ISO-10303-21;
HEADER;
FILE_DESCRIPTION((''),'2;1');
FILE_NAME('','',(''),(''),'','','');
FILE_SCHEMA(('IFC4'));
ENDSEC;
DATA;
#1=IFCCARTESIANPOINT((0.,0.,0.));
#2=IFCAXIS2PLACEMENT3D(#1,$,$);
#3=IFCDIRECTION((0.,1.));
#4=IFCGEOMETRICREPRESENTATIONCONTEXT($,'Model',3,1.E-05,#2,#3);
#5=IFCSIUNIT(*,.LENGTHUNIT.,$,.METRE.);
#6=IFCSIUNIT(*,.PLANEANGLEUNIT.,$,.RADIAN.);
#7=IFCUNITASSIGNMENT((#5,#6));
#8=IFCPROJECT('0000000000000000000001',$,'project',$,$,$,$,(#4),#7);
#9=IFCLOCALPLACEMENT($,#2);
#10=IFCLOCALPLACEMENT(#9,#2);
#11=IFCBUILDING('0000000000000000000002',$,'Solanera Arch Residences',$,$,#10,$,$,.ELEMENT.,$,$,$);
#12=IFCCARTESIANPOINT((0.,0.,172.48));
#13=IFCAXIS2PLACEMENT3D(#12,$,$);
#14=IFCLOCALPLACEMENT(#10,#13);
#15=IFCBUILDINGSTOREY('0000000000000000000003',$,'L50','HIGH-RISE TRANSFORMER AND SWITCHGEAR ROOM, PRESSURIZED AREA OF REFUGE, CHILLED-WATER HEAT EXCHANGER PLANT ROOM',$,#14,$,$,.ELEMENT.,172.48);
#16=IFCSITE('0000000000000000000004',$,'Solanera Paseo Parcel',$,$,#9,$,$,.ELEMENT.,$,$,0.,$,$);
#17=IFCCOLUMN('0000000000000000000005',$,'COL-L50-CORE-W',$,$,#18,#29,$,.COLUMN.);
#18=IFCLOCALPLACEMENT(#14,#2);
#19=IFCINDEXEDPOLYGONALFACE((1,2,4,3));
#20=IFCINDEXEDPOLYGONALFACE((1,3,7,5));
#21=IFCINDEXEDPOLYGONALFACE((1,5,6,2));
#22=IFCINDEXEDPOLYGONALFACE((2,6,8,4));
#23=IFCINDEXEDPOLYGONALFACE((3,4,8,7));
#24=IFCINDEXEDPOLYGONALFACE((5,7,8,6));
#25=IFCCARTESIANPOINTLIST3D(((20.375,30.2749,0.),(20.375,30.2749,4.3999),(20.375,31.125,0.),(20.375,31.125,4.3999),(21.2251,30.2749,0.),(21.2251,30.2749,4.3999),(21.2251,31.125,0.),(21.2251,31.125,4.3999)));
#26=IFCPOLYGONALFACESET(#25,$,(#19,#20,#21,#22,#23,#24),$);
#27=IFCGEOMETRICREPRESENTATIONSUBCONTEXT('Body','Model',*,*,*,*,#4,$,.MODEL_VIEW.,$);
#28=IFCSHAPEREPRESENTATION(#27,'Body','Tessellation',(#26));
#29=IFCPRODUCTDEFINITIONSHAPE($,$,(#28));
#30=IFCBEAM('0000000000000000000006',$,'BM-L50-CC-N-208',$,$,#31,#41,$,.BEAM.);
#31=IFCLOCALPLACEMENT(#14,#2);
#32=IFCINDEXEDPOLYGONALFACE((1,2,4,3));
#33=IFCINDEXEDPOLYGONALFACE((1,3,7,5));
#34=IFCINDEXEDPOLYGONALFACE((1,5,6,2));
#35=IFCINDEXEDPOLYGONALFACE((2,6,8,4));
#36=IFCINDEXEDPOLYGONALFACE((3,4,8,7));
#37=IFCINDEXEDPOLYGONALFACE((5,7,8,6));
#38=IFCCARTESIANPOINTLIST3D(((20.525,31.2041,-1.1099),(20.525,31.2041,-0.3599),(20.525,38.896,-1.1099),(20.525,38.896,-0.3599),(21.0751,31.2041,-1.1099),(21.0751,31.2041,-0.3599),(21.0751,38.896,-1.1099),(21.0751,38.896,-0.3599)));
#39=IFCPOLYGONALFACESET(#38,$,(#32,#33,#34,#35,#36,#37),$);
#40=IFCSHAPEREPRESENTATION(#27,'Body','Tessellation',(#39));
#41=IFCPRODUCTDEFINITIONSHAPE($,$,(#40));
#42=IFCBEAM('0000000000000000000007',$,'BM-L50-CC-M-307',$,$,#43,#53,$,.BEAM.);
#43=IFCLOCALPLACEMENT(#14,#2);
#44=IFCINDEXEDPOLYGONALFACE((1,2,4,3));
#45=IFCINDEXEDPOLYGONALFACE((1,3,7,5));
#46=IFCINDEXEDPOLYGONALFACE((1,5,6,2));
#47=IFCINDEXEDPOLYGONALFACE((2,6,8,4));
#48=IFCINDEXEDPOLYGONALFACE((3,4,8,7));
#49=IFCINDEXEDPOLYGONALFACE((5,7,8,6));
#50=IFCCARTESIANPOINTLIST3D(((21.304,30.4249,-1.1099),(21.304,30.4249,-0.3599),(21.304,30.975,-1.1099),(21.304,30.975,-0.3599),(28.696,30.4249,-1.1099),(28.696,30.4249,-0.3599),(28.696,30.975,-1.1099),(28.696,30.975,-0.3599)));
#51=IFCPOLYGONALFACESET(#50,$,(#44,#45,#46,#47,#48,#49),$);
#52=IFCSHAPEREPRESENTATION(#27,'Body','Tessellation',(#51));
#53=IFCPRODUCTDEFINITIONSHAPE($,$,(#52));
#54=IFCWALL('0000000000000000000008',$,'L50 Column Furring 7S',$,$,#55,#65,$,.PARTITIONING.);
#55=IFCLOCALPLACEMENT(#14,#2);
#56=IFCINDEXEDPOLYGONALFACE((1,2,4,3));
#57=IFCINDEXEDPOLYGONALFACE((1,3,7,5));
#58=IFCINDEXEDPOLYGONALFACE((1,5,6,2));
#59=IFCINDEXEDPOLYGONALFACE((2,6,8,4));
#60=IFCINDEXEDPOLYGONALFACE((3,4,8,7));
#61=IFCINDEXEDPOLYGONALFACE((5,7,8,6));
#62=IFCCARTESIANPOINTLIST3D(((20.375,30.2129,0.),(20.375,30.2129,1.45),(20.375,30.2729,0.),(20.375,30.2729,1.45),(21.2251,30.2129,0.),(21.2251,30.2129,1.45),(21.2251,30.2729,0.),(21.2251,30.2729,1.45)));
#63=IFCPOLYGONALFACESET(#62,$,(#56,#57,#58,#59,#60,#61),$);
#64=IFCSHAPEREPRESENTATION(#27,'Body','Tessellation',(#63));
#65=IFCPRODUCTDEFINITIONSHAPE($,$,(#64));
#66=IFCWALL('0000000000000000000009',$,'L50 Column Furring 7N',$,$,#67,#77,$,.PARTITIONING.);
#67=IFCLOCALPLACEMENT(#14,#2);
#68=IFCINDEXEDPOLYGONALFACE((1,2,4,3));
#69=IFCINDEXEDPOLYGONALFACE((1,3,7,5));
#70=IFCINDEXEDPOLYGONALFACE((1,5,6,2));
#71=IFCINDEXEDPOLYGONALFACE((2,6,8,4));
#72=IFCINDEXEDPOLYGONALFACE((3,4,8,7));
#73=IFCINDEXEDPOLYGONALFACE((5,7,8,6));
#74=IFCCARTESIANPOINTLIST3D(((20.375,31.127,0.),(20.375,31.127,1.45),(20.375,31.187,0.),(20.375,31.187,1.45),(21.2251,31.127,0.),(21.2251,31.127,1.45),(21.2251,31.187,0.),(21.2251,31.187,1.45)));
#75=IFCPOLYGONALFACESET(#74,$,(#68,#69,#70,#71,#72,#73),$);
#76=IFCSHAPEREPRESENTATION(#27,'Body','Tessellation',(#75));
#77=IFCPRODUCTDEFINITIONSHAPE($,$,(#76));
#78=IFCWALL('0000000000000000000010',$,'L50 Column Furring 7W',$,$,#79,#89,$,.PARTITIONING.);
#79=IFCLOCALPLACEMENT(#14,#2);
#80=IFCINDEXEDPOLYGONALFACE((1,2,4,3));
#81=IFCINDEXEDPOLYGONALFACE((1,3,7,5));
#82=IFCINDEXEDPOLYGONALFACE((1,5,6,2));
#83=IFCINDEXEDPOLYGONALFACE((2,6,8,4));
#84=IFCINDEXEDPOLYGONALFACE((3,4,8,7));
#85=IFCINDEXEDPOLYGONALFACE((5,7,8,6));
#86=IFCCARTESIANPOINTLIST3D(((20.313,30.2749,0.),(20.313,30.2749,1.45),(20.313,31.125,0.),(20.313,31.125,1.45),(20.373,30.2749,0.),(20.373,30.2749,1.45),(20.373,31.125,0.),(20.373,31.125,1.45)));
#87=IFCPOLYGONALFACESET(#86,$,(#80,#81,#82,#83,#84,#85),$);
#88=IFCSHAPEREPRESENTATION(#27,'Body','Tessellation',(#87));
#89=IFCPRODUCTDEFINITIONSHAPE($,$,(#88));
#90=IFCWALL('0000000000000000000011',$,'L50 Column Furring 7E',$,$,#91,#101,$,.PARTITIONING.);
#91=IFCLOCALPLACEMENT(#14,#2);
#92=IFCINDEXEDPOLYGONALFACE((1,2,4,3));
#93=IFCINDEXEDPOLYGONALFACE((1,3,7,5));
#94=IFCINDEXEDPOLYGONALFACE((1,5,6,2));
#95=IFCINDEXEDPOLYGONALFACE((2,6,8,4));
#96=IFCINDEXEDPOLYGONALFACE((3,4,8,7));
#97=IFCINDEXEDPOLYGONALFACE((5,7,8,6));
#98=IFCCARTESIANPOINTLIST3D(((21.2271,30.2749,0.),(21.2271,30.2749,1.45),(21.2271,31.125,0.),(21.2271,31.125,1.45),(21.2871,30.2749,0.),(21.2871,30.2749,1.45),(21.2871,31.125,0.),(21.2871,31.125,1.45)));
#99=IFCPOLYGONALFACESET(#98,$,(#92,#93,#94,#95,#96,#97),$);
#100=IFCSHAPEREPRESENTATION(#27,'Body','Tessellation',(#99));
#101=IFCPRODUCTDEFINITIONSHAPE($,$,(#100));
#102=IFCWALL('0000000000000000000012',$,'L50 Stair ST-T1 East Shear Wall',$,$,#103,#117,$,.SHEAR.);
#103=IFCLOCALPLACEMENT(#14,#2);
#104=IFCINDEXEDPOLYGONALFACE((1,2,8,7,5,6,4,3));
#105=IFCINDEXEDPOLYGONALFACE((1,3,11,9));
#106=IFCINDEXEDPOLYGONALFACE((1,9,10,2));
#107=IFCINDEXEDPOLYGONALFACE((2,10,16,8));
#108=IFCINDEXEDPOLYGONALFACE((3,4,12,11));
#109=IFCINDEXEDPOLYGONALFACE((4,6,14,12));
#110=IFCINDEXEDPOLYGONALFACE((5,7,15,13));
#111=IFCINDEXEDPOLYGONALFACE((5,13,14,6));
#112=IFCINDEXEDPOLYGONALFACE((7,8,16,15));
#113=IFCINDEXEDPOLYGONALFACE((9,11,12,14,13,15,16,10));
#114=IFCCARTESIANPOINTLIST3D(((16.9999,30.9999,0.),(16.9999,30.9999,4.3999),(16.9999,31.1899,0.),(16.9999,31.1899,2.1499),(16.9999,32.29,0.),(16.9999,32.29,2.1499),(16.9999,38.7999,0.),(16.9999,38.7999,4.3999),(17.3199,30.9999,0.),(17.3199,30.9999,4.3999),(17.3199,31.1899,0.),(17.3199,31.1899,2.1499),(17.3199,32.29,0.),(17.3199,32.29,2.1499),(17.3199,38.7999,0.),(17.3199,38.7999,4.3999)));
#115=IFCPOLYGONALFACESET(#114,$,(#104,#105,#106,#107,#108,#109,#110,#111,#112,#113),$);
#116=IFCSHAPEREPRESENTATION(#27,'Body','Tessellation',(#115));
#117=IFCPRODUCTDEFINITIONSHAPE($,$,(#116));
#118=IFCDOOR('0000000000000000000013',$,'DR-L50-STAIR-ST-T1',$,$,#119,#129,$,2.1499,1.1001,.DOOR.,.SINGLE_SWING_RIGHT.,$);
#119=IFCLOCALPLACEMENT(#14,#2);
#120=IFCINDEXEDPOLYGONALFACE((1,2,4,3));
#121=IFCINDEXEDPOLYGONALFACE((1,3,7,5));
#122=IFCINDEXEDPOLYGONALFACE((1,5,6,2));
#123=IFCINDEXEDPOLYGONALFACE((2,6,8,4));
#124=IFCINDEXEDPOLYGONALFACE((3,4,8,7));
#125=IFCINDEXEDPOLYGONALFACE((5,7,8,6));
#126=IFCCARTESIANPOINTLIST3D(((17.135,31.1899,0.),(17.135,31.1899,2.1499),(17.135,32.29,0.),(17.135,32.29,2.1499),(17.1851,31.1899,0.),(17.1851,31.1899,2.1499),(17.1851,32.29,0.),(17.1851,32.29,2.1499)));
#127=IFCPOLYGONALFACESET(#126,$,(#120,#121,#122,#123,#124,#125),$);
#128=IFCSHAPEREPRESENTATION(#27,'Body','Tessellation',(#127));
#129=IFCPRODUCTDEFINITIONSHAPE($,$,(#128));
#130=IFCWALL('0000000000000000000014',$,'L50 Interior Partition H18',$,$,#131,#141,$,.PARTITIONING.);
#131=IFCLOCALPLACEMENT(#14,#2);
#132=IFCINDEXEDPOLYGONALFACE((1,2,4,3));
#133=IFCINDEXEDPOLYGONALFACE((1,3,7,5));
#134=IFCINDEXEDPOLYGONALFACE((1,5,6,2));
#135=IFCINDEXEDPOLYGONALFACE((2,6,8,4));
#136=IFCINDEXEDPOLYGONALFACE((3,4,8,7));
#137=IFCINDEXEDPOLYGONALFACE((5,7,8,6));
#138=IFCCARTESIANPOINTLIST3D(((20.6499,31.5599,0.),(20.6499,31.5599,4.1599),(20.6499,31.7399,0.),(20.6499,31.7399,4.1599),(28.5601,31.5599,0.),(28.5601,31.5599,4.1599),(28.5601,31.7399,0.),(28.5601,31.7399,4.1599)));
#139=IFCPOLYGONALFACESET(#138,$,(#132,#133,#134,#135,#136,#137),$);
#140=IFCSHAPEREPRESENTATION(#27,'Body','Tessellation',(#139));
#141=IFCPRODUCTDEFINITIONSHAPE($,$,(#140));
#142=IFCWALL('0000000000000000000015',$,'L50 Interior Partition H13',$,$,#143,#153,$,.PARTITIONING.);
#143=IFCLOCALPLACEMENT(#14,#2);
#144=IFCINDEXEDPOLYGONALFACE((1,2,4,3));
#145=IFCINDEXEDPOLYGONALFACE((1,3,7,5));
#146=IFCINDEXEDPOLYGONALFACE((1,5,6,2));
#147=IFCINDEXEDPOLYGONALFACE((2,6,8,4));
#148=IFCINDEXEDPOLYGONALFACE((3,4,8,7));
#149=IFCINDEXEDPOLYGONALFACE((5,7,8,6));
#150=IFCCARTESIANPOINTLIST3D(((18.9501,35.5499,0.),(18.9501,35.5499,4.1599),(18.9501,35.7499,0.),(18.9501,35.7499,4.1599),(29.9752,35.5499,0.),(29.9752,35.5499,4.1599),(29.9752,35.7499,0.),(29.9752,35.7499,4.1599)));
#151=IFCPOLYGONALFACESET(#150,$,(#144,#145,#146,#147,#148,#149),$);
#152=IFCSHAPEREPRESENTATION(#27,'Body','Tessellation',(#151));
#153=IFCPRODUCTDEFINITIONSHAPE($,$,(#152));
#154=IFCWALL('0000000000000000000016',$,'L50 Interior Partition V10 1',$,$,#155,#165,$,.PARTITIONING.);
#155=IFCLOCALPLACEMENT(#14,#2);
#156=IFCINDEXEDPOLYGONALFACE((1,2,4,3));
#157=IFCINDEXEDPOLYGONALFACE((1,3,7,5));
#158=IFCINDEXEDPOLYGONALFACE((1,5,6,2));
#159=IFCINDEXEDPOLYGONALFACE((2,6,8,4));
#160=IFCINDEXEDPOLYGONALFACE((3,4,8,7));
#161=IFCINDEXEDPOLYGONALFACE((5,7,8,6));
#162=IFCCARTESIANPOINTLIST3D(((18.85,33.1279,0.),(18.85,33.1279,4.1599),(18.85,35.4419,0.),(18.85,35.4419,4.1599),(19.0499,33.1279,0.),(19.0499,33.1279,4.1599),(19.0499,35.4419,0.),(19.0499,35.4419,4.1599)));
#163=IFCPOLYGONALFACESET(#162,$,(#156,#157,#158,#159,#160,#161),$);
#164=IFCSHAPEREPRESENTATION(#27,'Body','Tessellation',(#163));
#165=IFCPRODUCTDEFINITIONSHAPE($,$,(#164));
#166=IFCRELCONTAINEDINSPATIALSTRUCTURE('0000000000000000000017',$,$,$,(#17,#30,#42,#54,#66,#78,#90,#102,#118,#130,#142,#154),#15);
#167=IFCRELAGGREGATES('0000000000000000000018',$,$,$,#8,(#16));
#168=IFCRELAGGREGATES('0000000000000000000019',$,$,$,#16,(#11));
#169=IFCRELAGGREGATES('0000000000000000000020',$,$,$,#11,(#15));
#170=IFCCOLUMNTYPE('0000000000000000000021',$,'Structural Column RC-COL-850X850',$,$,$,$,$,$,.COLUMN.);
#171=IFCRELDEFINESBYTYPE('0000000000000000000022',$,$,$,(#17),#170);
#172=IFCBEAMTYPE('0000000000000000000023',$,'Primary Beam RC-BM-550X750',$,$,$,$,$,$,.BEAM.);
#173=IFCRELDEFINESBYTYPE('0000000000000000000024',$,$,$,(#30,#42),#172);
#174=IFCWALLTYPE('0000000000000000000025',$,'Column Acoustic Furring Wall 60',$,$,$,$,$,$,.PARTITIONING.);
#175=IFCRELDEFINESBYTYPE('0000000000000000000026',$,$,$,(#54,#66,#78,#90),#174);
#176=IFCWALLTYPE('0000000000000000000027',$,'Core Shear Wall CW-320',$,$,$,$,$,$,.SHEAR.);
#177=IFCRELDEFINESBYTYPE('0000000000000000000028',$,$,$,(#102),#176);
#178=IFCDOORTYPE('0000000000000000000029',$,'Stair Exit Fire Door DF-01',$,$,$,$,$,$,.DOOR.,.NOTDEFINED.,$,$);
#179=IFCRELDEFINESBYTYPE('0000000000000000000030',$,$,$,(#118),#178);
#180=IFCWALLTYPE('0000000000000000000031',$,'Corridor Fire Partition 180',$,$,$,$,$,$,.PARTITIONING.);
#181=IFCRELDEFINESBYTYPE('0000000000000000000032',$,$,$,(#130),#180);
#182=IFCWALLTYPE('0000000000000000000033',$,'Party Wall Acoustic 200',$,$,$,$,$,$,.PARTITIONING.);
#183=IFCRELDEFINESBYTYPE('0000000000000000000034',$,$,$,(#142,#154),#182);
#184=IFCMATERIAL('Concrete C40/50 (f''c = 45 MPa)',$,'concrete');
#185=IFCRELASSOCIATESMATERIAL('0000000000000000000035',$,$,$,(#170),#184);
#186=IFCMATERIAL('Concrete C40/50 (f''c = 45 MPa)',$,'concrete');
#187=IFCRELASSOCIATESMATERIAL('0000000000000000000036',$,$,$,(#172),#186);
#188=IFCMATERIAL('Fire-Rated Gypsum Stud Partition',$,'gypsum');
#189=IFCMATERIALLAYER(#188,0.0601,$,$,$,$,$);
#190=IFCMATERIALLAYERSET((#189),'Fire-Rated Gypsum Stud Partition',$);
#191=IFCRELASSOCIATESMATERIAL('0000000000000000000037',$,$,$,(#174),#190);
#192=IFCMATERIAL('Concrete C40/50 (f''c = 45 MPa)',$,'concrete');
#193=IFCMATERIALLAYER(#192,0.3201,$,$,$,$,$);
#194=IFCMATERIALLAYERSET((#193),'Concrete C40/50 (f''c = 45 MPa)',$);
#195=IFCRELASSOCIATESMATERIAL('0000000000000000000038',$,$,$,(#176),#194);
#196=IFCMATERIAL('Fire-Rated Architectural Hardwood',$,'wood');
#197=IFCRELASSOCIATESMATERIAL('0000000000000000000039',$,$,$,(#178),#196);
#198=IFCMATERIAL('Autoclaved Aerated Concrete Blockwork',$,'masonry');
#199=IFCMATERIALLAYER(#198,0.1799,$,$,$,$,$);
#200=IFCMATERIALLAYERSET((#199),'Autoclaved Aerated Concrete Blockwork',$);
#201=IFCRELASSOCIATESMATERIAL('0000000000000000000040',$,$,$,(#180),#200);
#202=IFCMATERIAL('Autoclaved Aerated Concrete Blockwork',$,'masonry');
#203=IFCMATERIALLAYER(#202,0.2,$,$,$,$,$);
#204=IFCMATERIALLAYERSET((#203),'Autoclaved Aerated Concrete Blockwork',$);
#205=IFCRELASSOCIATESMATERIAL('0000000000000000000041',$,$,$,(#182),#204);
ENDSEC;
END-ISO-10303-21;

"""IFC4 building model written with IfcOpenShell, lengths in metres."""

from ifc_helpers import new_model, si_unit, direction, frame, frame_2d, origin, origin_2d, place, context, subcontext, project, spatial, rectangle, extrude, material, layer, layer_set, material_profile, profile_set, type_object, element, fill, save


model = new_model("IFC4")

# Units and contexts
model_context = context("Model", 3, precision=1e-05, world=origin(), true_north=direction((0.0, 1.0)))
body_context = subcontext(model_context, "Body", "Model", "MODEL_VIEW")
ifc_project = project(units=[si_unit("LENGTHUNIT", "METRE"), si_unit("PLANEANGLEUNIT", "RADIAN")], contexts=[model_context])

# Site, building, storey
site_placement = place(None, origin())
site = spatial("IfcSite", under=ifc_project, at=site_placement, Name="Solanera Paseo Parcel", CompositionType="ELEMENT", RefElevation=0.0)
building_placement = place(site_placement, origin())
building = spatial("IfcBuilding", under=site, at=building_placement, Name="Solanera Arch Residences", CompositionType="ELEMENT")
storey_placement = place(building_placement, frame((0.0, 0.0, 172.48)))
storey = spatial("IfcBuildingStorey", under=building, at=storey_placement, Name="L50", Description="HIGH-RISE TRANSFORMER AND SWITCHGEAR ROOM, PRESSURIZED AREA OF REFUGE, CHILLED-WATER HEAT EXCHANGER PLANT ROOM", CompositionType="ELEMENT", Elevation=172.48)

# Column
ifc_material_1 = material(Name="Concrete C40/50 (f'c = 45 MPa)", Category="concrete")
ifc_material_profile_1 = material_profile(ifc_material_1, rectangle(XDim=0.8501, YDim=0.8501, at=origin_2d()))
ifc_profile_set_1 = profile_set([ifc_material_profile_1], Name="Concrete C40/50 (f'c = 45 MPa)")
column_type = type_object("IfcColumnType", Name="Structural Column RC-COL-850X850", PredefinedType="COLUMN", material=ifc_profile_set_1)
column_placement = place(storey_placement, frame((20.8, 30.7, 0.0), z_axis=(0.0, 0.0, 1.0), x_axis=(1.0, 0.0, 0.0)))
element("IfcColumn", 1, at=column_placement, inside=storey, type_object=column_type, Name="COL-L50-CORE-W", PredefinedType="COLUMN", context=body_context, shape_type="SweptSolid", body=[
    extrude(rectangle(XDim=0.8501, YDim=0.8501, at=origin_2d()), origin(), (0.0, 0.0, 1.0), 4.3999),
])

# Beams
ifc_material_2 = material(Name="Concrete C40/50 (f'c = 45 MPa)", Category="concrete")
ifc_material_profile_2 = material_profile(ifc_material_2, rectangle(XDim=0.55, YDim=0.75, at=origin_2d()))
ifc_profile_set_2 = profile_set([ifc_material_profile_2], Name="Concrete C40/50 (f'c = 45 MPa)")
beam_type = type_object("IfcBeamType", Name="Primary Beam RC-BM-550X750", PredefinedType="BEAM", material=ifc_profile_set_2)
beam_1_placement = place(storey_placement, frame((20.8, 31.2041, -0.7349), z_axis=(0.0, 1.0, 0.0), x_axis=(-1.0, 0.0, 0.0)))
element("IfcBeam", 2, at=beam_1_placement, inside=storey, type_object=beam_type, Name="BM-L50-CC-N-208", PredefinedType="BEAM", context=body_context, shape_type="SweptSolid", body=[
    extrude(rectangle(XDim=0.55, YDim=0.75, at=origin_2d()), origin(), (0.0, 0.0, 1.0), 7.6919),
])
beam_2_placement = place(storey_placement, frame((21.304, 30.7, -0.7349), z_axis=(1.0, 0.0, 0.0), x_axis=(0.0, 1.0, 0.0)))
element("IfcBeam", 3, at=beam_2_placement, inside=storey, type_object=beam_type, Name="BM-L50-CC-M-307", PredefinedType="BEAM", context=body_context, shape_type="SweptSolid", body=[
    extrude(rectangle(XDim=0.55, YDim=0.75, at=origin_2d()), origin(), (0.0, 0.0, 1.0), 7.3921),
])

# Walls
ifc_material_3 = material(Name="Fire-Rated Gypsum Stud Partition", Category="gypsum")
ifc_layer_1 = layer(ifc_material_3, 0.0601)
ifc_layer_set_1 = layer_set([ifc_layer_1], Name="Fire-Rated Gypsum Stud Partition")
wall_type_1 = type_object("IfcWallType", Name="Column Acoustic Furring Wall 60", PredefinedType="PARTITIONING", material=ifc_layer_set_1)
for number, where, z_axis, x_axis, name in (
    (4, (20.375, 30.2429, 0.0), (0.0, 0.0, 1.0), (1.0, 0.0, 0.0), "L50 Column Furring 7S"),
    (5, (20.375, 31.157, 0.0), (0.0, 0.0, 1.0), (1.0, 0.0, 0.0), "L50 Column Furring 7N"),
    (6, (20.343, 30.2749, 0.0), (0.0, 0.0, 1.0), (0.0, 1.0, 0.0), "L50 Column Furring 7W"),
    (7, (21.2571, 30.2749, 0.0), (0.0, 0.0, 1.0), (0.0, 1.0, 0.0), "L50 Column Furring 7E"),
):
    element("IfcWall", number, at=place(storey_placement, frame(where, z_axis=z_axis, x_axis=x_axis)), inside=storey, type_object=wall_type_1, Name=name, PredefinedType="PARTITIONING", context=body_context, shape_type="SweptSolid", body=[
        extrude(rectangle(XDim=0.8501, YDim=0.0601, at=frame_2d((0.425, 0.0))), origin(), (0.0, 0.0, 1.0), 1.45),
    ])

# Wall, opening, door
ifc_material_4 = material(Name="Concrete C40/50 (f'c = 45 MPa)", Category="concrete")
ifc_layer_2 = layer(ifc_material_4, 0.3201)
ifc_layer_set_2 = layer_set([ifc_layer_2], Name="Concrete C40/50 (f'c = 45 MPa)")
wall_type_2 = type_object("IfcWallType", Name="Core Shear Wall CW-320", PredefinedType="SHEAR", material=ifc_layer_set_2)
wall_1_placement = place(storey_placement, frame((17.1599, 31.0, 0.0), z_axis=(0.0, 0.0, 1.0), x_axis=(0.0, 1.0, 0.0)))
wall_1 = element("IfcWall", 8, at=wall_1_placement, inside=storey, type_object=wall_type_2, Name="L50 Stair ST-T1 East Shear Wall", PredefinedType="SHEAR", context=body_context, shape_type="SweptSolid", body=[
    extrude(rectangle(XDim=7.8, YDim=0.3201, at=frame_2d((3.8999, 0.0))), origin(), (0.0, 0.0, 1.0), 4.3999),
])
opening_1_placement = place(wall_1_placement, frame((0.1899, 0.0, 0.0)))
opening_1 = element("IfcOpeningElement", 9, at=opening_1_placement, cuts=wall_1, PredefinedType="OPENING", context=body_context, shape_type="SweptSolid", body=[
    extrude(rectangle(XDim=1.1001, YDim=2.1499, at=frame_2d((0.55, 1.075))), frame((0.0, 0.1699, 0.0), z_axis=(0.0, -1.0, 0.0), x_axis=(1.0, 0.0, 0.0)), (0.0, 0.0, 1.0), 0.3401),
])
ifc_material_5 = material(Name="Fire-Rated Architectural Hardwood", Category="wood")
door_type_1 = type_object("IfcDoorType", Name="Stair Exit Fire Door DF-01", OperationType="NOTDEFINED", PredefinedType="DOOR", material=ifc_material_5)
door_1_placement = place(opening_1_placement, origin())
door_1 = element("IfcDoor", 10, at=door_1_placement, inside=storey, type_object=door_type_1, Name="DR-L50-STAIR-ST-T1", OperationType="SINGLE_SWING_RIGHT", OverallHeight=2.1499, OverallWidth=1.1001, PredefinedType="DOOR", context=body_context, shape_type="SweptSolid", body=[
    extrude(rectangle(XDim=1.1001, YDim=2.1499, at=frame_2d((0.55, 1.075))), frame((0.0, 0.0249, 0.0), z_axis=(0.0, -1.0, 0.0), x_axis=(1.0, 0.0, 0.0)), (0.0, 0.0, 1.0), 0.05),
])
fill(opening_1, door_1)

# Walls
ifc_material_6 = material(Name="Autoclaved Aerated Concrete Blockwork", Category="masonry")
ifc_layer_3 = layer(ifc_material_6, 0.1799)
ifc_layer_set_3 = layer_set([ifc_layer_3], Name="Autoclaved Aerated Concrete Blockwork")
wall_type_3 = type_object("IfcWallType", Name="Corridor Fire Partition 180", PredefinedType="PARTITIONING", material=ifc_layer_set_3)
wall_2_placement = place(storey_placement, frame((20.6499, 31.6499, 0.0), z_axis=(0.0, 0.0, 1.0), x_axis=(1.0, 0.0, 0.0)))
element("IfcWall", 11, at=wall_2_placement, inside=storey, type_object=wall_type_3, Name="L50 Interior Partition H18", PredefinedType="PARTITIONING", context=body_context, shape_type="SweptSolid", body=[
    extrude(rectangle(XDim=7.9102, YDim=0.1799, at=frame_2d((3.9551, 0.0))), origin(), (0.0, 0.0, 1.0), 4.1599),
])
ifc_material_7 = material(Name="Autoclaved Aerated Concrete Blockwork", Category="masonry")
ifc_layer_4 = layer(ifc_material_7, 0.2)
ifc_layer_set_4 = layer_set([ifc_layer_4], Name="Autoclaved Aerated Concrete Blockwork")
wall_type_4 = type_object("IfcWallType", Name="Party Wall Acoustic 200", PredefinedType="PARTITIONING", material=ifc_layer_set_4)
wall_3_placement = place(storey_placement, frame((18.95, 35.6499, 0.0), z_axis=(0.0, 0.0, 1.0), x_axis=(1.0, 0.0, 0.0)))
element("IfcWall", 12, at=wall_3_placement, inside=storey, type_object=wall_type_4, Name="L50 Interior Partition H13", PredefinedType="PARTITIONING", context=body_context, shape_type="SweptSolid", body=[
    extrude(rectangle(XDim=11.0251, YDim=0.2, at=frame_2d((5.5127, 0.0))), origin(), (0.0, 0.0, 1.0), 4.1599),
])
wall_4_placement = place(storey_placement, frame((18.95, 33.1279, 0.0), z_axis=(0.0, 0.0, 1.0), x_axis=(0.0, 1.0, 0.0)))
element("IfcWall", 13, at=wall_4_placement, inside=storey, type_object=wall_type_4, Name="L50 Interior Partition V10 1", PredefinedType="PARTITIONING", context=body_context, shape_type="SweptSolid", body=[
    extrude(rectangle(XDim=2.314, YDim=0.2, at=frame_2d((1.157, 0.0))), origin(), (0.0, 0.0, 1.0), 4.1599),
])

save(model, "model.ifc")
